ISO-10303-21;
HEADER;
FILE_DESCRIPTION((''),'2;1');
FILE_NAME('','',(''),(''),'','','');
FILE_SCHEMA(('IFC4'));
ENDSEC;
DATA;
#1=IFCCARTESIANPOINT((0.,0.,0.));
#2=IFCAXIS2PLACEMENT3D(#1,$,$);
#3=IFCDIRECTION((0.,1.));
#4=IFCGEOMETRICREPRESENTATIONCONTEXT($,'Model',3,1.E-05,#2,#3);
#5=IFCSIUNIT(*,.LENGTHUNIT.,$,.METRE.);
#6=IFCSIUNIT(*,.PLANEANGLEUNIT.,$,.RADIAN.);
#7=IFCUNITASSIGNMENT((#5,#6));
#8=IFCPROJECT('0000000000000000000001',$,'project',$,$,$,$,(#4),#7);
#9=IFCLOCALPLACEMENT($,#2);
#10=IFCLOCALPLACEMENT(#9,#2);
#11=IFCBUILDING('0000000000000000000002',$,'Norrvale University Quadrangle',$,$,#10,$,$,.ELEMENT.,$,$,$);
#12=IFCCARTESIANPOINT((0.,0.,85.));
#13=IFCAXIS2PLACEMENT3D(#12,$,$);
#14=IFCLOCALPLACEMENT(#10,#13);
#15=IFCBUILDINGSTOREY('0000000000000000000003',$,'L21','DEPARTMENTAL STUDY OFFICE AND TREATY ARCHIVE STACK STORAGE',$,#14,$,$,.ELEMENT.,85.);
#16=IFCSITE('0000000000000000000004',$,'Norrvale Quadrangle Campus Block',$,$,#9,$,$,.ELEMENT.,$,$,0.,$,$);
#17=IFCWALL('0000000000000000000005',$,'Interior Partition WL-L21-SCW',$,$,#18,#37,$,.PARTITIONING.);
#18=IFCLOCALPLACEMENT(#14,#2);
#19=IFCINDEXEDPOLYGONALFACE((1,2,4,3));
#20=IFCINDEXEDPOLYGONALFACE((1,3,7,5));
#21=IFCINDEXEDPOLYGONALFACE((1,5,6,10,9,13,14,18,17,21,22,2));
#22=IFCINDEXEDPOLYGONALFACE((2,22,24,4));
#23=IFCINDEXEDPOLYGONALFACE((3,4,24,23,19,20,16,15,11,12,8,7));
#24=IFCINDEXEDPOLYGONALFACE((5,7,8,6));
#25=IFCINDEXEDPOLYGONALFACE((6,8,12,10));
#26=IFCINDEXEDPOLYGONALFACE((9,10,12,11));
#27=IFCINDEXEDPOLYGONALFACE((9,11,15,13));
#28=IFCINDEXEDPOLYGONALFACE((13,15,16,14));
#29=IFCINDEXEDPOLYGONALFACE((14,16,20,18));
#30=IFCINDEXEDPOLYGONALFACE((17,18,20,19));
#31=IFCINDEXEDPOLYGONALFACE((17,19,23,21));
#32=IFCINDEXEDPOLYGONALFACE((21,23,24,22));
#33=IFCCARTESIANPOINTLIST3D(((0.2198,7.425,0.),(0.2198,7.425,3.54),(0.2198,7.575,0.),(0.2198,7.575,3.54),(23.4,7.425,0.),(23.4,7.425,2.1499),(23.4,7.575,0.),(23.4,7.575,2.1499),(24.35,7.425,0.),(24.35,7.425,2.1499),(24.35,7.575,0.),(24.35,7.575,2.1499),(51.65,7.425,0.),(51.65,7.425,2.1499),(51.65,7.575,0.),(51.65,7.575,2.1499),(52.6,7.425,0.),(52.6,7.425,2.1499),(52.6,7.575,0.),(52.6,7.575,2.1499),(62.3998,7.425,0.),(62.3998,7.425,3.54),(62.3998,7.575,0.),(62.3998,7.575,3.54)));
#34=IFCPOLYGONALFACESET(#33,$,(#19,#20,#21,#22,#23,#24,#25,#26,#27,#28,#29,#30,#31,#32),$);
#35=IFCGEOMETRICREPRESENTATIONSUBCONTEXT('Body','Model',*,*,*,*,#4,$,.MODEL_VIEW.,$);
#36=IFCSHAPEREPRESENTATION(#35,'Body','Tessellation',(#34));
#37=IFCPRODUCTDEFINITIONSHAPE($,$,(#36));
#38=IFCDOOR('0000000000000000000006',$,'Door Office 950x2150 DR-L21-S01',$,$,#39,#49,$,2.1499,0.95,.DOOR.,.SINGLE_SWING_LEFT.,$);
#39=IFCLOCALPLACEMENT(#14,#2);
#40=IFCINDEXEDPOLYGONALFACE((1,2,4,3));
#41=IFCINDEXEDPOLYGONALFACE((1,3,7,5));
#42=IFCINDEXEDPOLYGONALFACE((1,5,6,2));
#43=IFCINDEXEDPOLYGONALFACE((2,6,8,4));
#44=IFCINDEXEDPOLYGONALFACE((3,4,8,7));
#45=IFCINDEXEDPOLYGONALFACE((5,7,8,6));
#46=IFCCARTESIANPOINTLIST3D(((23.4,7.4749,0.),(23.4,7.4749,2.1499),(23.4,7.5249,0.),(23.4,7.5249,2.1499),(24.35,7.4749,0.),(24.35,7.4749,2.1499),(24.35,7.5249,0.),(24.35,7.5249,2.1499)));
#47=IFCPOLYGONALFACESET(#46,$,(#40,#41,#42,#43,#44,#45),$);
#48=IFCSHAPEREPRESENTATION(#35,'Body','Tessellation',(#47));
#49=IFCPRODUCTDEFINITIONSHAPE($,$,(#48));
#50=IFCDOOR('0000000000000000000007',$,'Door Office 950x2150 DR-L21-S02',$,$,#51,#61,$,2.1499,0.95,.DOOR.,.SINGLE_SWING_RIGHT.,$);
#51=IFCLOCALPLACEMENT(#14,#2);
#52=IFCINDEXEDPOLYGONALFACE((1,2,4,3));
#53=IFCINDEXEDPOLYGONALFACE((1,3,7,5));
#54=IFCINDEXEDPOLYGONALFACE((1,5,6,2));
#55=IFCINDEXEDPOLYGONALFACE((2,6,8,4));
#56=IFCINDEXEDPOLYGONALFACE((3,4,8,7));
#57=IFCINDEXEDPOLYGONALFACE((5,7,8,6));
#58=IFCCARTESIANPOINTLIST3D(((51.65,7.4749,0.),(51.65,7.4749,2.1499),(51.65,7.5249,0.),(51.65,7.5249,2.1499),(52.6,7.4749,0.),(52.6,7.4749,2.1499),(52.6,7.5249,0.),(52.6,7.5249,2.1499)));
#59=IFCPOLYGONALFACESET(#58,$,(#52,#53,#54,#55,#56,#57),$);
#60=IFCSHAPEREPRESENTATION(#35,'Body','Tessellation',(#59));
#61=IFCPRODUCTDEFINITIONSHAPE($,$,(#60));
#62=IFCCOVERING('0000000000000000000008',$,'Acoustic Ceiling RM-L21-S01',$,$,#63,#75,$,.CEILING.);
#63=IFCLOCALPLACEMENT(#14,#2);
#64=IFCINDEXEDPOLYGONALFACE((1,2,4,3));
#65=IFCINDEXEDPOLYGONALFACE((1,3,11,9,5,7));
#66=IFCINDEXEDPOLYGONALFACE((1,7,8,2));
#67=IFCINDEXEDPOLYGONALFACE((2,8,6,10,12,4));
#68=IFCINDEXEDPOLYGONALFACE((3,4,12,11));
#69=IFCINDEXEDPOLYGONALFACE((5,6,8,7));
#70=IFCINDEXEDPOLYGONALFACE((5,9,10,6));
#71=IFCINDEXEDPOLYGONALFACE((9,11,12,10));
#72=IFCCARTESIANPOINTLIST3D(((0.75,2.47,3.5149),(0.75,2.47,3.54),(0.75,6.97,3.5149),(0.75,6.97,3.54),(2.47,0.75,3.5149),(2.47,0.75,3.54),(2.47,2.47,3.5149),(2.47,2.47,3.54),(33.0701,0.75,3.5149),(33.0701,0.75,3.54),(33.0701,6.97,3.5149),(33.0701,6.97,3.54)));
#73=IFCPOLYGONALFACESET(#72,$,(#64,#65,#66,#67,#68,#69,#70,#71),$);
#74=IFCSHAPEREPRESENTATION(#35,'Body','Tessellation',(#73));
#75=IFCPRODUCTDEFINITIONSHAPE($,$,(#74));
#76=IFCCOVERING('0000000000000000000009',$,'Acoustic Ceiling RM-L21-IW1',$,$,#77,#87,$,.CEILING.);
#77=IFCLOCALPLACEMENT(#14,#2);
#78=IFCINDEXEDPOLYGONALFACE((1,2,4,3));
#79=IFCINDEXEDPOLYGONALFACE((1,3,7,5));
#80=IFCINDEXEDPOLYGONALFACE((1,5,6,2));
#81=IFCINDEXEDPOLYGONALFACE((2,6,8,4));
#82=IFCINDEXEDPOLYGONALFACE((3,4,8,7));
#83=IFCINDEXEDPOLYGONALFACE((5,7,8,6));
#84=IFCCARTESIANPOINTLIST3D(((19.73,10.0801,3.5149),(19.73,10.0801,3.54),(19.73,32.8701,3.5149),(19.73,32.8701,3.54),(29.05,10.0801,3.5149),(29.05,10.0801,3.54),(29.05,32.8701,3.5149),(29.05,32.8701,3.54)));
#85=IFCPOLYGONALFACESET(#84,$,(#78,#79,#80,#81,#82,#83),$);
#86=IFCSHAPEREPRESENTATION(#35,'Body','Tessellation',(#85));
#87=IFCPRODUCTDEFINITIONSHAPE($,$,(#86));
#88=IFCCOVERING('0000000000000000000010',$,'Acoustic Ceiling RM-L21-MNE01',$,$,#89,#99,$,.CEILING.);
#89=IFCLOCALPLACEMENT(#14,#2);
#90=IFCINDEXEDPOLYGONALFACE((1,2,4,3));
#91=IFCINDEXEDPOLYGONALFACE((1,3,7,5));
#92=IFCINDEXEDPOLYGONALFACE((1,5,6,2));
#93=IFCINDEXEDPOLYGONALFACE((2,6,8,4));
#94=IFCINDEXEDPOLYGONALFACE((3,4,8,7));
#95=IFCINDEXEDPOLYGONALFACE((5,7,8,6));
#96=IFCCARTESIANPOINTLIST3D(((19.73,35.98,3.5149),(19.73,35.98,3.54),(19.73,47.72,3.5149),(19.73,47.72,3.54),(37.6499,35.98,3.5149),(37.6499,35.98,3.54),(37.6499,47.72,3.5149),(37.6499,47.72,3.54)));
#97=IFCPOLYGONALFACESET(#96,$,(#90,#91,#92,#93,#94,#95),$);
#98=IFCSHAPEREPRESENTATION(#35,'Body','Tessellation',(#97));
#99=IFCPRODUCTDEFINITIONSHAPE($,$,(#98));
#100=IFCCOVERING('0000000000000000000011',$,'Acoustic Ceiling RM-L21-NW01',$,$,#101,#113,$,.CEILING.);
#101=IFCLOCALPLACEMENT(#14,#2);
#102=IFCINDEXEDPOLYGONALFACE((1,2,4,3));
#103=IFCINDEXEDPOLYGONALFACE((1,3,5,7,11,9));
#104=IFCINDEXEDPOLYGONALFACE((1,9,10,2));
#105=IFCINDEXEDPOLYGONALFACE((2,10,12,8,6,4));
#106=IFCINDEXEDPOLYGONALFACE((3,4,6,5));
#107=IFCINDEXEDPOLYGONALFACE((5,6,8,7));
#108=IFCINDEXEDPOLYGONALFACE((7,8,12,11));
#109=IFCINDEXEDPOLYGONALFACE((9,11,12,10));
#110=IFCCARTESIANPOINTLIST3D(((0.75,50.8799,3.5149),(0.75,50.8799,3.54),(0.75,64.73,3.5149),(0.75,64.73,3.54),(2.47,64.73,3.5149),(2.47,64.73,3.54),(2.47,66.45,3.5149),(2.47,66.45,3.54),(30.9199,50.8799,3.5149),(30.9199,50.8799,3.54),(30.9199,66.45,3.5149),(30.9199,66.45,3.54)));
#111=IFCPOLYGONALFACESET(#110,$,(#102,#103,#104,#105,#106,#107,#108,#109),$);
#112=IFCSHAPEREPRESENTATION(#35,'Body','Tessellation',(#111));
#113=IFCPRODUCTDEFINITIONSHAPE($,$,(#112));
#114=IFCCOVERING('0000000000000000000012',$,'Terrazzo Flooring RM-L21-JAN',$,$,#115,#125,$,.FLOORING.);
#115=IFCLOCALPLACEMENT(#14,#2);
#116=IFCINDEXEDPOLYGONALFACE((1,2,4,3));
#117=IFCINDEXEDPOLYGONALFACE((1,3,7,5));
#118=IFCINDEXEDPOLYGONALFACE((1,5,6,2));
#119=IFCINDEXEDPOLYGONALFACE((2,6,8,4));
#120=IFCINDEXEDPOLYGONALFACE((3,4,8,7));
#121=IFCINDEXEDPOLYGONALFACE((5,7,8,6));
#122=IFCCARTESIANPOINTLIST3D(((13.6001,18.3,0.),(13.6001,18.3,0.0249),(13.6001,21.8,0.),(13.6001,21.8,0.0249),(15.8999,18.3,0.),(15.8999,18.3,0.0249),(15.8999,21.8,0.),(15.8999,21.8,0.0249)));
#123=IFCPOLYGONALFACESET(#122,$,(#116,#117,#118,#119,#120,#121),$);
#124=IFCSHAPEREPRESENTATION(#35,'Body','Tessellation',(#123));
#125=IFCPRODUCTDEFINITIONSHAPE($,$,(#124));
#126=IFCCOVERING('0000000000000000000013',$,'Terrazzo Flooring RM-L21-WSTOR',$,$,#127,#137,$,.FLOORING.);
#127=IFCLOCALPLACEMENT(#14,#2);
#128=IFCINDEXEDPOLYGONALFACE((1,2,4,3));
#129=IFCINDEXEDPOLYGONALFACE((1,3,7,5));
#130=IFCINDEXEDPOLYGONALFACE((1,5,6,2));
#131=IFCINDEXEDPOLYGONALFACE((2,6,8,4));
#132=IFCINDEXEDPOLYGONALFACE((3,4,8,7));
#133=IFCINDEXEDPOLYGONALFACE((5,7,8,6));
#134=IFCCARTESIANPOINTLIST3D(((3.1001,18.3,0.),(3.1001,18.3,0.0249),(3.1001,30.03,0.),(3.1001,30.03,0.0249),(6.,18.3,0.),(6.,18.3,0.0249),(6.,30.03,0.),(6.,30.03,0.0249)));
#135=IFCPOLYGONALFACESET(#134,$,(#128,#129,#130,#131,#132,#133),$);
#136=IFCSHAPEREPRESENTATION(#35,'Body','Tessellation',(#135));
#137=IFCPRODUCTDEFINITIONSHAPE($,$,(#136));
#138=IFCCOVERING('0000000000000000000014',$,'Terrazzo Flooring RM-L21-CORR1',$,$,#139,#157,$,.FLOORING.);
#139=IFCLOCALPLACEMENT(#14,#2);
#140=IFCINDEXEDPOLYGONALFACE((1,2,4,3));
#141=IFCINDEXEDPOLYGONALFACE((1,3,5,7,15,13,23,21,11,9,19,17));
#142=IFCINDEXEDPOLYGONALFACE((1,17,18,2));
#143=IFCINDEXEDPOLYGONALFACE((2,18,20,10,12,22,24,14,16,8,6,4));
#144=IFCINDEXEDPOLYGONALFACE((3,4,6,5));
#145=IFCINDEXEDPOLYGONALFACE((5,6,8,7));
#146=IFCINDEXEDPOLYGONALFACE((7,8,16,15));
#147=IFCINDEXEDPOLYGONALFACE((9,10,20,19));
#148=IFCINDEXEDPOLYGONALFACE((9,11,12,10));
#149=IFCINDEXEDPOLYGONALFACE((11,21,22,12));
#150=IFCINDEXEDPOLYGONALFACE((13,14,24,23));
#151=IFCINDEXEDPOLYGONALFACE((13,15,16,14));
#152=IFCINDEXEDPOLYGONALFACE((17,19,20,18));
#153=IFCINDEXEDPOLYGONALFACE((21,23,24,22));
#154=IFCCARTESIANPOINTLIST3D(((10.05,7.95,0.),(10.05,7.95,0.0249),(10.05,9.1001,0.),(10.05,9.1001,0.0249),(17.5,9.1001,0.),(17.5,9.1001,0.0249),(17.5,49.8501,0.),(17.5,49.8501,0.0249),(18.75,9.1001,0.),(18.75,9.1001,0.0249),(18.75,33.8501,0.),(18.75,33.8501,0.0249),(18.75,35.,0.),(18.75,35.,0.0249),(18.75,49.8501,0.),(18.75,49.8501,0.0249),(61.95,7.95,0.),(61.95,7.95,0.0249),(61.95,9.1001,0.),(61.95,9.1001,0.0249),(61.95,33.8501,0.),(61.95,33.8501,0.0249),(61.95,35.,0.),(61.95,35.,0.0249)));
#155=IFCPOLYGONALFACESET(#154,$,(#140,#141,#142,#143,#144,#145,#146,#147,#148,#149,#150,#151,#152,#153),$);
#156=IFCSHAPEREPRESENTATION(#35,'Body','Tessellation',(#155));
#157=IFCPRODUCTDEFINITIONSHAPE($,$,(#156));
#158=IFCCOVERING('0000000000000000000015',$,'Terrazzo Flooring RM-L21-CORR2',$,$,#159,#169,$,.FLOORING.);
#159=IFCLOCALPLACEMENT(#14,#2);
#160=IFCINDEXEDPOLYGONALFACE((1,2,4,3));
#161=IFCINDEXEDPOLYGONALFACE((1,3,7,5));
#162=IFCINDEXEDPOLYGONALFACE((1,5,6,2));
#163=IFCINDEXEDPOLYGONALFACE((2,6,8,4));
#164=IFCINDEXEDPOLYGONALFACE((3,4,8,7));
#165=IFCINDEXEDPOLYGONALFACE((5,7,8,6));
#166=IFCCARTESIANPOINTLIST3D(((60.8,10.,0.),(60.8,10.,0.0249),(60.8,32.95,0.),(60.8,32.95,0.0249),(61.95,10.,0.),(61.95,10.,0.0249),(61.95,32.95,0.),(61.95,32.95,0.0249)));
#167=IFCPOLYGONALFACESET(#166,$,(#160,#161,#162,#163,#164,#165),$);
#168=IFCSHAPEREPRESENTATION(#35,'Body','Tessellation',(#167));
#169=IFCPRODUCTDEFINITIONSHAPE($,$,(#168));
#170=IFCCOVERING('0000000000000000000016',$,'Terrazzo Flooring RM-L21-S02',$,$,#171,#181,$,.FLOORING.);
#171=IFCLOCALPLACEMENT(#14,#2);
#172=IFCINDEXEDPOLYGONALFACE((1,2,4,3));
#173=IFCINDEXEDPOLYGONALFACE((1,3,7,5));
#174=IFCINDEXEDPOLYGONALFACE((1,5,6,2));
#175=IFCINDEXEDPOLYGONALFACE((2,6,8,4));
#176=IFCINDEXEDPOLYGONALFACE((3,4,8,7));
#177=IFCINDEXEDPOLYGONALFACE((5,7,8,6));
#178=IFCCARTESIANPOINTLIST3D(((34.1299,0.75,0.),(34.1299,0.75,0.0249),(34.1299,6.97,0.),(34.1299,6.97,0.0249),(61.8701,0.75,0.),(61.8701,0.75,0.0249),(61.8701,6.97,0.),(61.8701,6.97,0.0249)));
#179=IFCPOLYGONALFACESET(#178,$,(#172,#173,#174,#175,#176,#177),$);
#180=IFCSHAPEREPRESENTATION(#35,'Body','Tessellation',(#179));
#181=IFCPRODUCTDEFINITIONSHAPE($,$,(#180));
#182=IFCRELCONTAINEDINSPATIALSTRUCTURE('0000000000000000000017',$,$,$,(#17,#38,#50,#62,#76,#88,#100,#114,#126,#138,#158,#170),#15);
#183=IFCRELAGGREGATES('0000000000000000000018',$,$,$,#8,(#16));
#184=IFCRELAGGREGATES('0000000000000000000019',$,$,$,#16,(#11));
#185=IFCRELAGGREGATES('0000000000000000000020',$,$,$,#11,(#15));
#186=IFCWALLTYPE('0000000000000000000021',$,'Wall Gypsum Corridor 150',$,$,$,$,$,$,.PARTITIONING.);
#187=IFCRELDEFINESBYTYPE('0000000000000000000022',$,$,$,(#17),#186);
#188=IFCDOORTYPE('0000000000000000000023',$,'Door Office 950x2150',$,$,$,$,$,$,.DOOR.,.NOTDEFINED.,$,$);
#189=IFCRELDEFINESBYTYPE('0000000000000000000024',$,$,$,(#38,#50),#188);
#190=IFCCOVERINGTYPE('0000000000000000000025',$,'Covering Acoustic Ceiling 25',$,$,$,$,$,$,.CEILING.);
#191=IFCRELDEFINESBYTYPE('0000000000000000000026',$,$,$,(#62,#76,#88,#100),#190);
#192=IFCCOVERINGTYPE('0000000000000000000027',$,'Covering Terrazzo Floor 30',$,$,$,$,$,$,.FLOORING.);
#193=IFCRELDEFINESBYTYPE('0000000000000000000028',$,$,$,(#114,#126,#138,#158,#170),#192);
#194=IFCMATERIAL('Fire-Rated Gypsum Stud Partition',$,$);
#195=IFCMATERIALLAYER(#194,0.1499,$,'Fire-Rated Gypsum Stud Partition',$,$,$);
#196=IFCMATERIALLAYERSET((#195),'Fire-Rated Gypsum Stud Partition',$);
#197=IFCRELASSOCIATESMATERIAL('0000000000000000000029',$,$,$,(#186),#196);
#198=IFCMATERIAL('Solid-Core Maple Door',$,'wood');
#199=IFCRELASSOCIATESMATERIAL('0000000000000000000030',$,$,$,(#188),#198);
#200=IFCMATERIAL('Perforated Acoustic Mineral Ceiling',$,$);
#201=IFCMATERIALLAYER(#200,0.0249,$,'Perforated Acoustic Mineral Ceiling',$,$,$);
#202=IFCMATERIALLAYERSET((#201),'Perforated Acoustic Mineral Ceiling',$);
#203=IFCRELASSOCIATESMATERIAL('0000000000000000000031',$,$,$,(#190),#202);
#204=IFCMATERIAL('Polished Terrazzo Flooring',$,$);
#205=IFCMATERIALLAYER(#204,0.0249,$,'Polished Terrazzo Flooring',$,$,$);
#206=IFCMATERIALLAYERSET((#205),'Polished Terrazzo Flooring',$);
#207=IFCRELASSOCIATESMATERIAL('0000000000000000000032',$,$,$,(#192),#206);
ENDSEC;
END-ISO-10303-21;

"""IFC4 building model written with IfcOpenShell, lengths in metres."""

from ifc_helpers import new_model, si_unit, direction, frame, frame_2d, origin, place, context, subcontext, project, spatial, polyline, rectangle, outline, extrude, material, layer, layer_set, type_object, element, fill, save


model = new_model("IFC4")

# Units and contexts
model_context = context("Model", 3, precision=1e-05, world=origin(), true_north=direction((0.0, 1.0)))
body_context = subcontext(model_context, "Body", "Model", "MODEL_VIEW")
ifc_project = project(units=[si_unit("LENGTHUNIT", "METRE"), si_unit("PLANEANGLEUNIT", "RADIAN")], contexts=[model_context])

# Site, building, storey
site_placement = place(None, origin())
site = spatial("IfcSite", under=ifc_project, at=site_placement, Name="Norrvale Quadrangle Campus Block", CompositionType="ELEMENT", RefElevation=0.0)
building_placement = place(site_placement, origin())
building = spatial("IfcBuilding", under=site, at=building_placement, Name="Norrvale University Quadrangle", CompositionType="ELEMENT")
storey_placement = place(building_placement, frame((0.0, 0.0, 85.0)))
storey = spatial("IfcBuildingStorey", under=building, at=storey_placement, Name="L21", Description="DEPARTMENTAL STUDY OFFICE AND TREATY ARCHIVE STACK STORAGE", CompositionType="ELEMENT", Elevation=85.0)

# Wall, openings, doors
ifc_material_1 = material(Name="Fire-Rated Gypsum Stud Partition")
ifc_layer_1 = layer(ifc_material_1, 0.1499, Name="Fire-Rated Gypsum Stud Partition")
ifc_layer_set_1 = layer_set([ifc_layer_1], Name="Fire-Rated Gypsum Stud Partition")
wall_type_1 = type_object("IfcWallType", Name="Wall Gypsum Corridor 150", PredefinedType="PARTITIONING", material=ifc_layer_set_1)
wall_1_placement = place(storey_placement, frame((0.22, 7.5, 0.0), z_axis=(0.0, 0.0, 1.0), x_axis=(1.0, 0.0, 0.0)))
wall_1 = element("IfcWall", 1, at=wall_1_placement, inside=storey, type_object=wall_type_1, Name="Interior Partition WL-L21-SCW", PredefinedType="PARTITIONING", context=body_context, shape_type="SweptSolid", body=[
    extrude(rectangle(XDim=62.1799, YDim=0.1499, at=frame_2d((31.0898, 0.0))), origin(), (0.0, 0.0, 1.0), 3.54),
])
opening_1_placement = place(wall_1_placement, frame((23.1799, 0.0, 0.0)))
opening_1 = element("IfcOpeningElement", 2, at=opening_1_placement, cuts=wall_1, PredefinedType="OPENING", context=body_context, shape_type="SweptSolid", body=[
    extrude(rectangle(XDim=0.95, YDim=2.1499, at=frame_2d((0.4751, 1.075))), frame((0.0, 0.0869, 0.0), z_axis=(0.0, -1.0, 0.0), x_axis=(1.0, 0.0, 0.0)), (0.0, 0.0, 1.0), 0.1738),
])
opening_2_placement = place(wall_1_placement, frame((51.4299, 0.0, 0.0)))
opening_2 = element("IfcOpeningElement", 3, at=opening_2_placement, cuts=wall_1, PredefinedType="OPENING", context=body_context, shape_type="SweptSolid", body=[
    extrude(rectangle(XDim=0.95, YDim=2.1499, at=frame_2d((0.4751, 1.075))), frame((0.0, 0.0869, 0.0), z_axis=(0.0, -1.0, 0.0), x_axis=(1.0, 0.0, 0.0)), (0.0, 0.0, 1.0), 0.1738),
])
ifc_material_2 = material(Name="Solid-Core Maple Door", Category="wood")
door_type = type_object("IfcDoorType", Name="Door Office 950x2150", OperationType="NOTDEFINED", PredefinedType="DOOR", material=ifc_material_2)
door_1_placement = place(opening_1_placement, origin())
door_1 = element("IfcDoor", 4, at=door_1_placement, inside=storey, type_object=door_type, Name="Door Office 950x2150 DR-L21-S01", OperationType="SINGLE_SWING_LEFT", OverallHeight=2.1499, OverallWidth=0.95, PredefinedType="DOOR", context=body_context, shape_type="SweptSolid", body=[
    extrude(rectangle(XDim=0.95, YDim=2.1499, at=frame_2d((0.4751, 1.075))), frame((0.0, 0.0249, 0.0), z_axis=(0.0, -1.0, 0.0), x_axis=(1.0, 0.0, 0.0)), (0.0, 0.0, 1.0), 0.05),
])
fill(opening_1, door_1)
door_2_placement = place(opening_2_placement, origin())
door_2 = element("IfcDoor", 5, at=door_2_placement, inside=storey, type_object=door_type, Name="Door Office 950x2150 DR-L21-S02", OperationType="SINGLE_SWING_RIGHT", OverallHeight=2.1499, OverallWidth=0.95, PredefinedType="DOOR", context=body_context, shape_type="SweptSolid", body=[
    extrude(rectangle(XDim=0.95, YDim=2.1499, at=frame_2d((0.4751, 1.075))), frame((0.0, 0.0249, 0.0), z_axis=(0.0, -1.0, 0.0), x_axis=(1.0, 0.0, 0.0)), (0.0, 0.0, 1.0), 0.05),
])
fill(opening_2, door_2)

# Coverings
ifc_material_3 = material(Name="Perforated Acoustic Mineral Ceiling")
ifc_layer_2 = layer(ifc_material_3, 0.0249, Name="Perforated Acoustic Mineral Ceiling")
ifc_layer_set_2 = layer_set([ifc_layer_2], Name="Perforated Acoustic Mineral Ceiling")
covering_type_1 = type_object("IfcCoveringType", Name="Covering Acoustic Ceiling 25", PredefinedType="CEILING", material=ifc_layer_set_2)
covering_1_placement = place(storey_placement, frame((0.0, 0.0, 3.5149)))
element("IfcCovering", 6, at=covering_1_placement, inside=storey, type_object=covering_type_1, Name="Acoustic Ceiling RM-L21-S01", PredefinedType="CEILING", context=body_context, shape_type="SweptSolid", body=[
    extrude(outline(polyline([(0.75, 6.97), (33.0701, 6.97), (33.0701, 0.75), (2.47, 0.75), (2.47, 2.47), (0.75, 2.47), (0.75, 6.97)])), origin(), (0.0, 0.0, 1.0), 0.0251),
])
covering_2_placement = place(storey_placement, frame((0.0, 0.0, 3.5149)))
element("IfcCovering", 7, at=covering_2_placement, inside=storey, type_object=covering_type_1, Name="Acoustic Ceiling RM-L21-IW1", PredefinedType="CEILING", context=body_context, shape_type="SweptSolid", body=[
    extrude(outline(polyline([(19.73, 10.0801), (19.73, 32.8701), (29.05, 32.8701), (29.05, 10.0801), (19.73, 10.0801)])), origin(), (0.0, 0.0, 1.0), 0.0251),
])
covering_3_placement = place(storey_placement, frame((0.0, 0.0, 3.5149)))
element("IfcCovering", 8, at=covering_3_placement, inside=storey, type_object=covering_type_1, Name="Acoustic Ceiling RM-L21-MNE01", PredefinedType="CEILING", context=body_context, shape_type="SweptSolid", body=[
    extrude(outline(polyline([(19.73, 47.72), (37.6499, 47.72), (37.6499, 35.98), (19.73, 35.98), (19.73, 47.72)])), origin(), (0.0, 0.0, 1.0), 0.0251),
])
covering_4_placement = place(storey_placement, frame((0.0, 0.0, 3.5149)))
element("IfcCovering", 9, at=covering_4_placement, inside=storey, type_object=covering_type_1, Name="Acoustic Ceiling RM-L21-NW01", PredefinedType="CEILING", context=body_context, shape_type="SweptSolid", body=[
    extrude(outline(polyline([(30.9199, 66.45), (30.9199, 50.8799), (0.75, 50.8799), (0.75, 64.73), (2.47, 64.73), (2.47, 66.45), (30.9199, 66.45)])), origin(), (0.0, 0.0, 1.0), 0.0251),
])
ifc_material_4 = material(Name="Polished Terrazzo Flooring")
ifc_layer_3 = layer(ifc_material_4, 0.0249, Name="Polished Terrazzo Flooring")
ifc_layer_set_3 = layer_set([ifc_layer_3], Name="Polished Terrazzo Flooring")
covering_type_2 = type_object("IfcCoveringType", Name="Covering Terrazzo Floor 30", PredefinedType="FLOORING", material=ifc_layer_set_3)
covering_5_placement = place(storey_placement, origin())
element("IfcCovering", 10, at=covering_5_placement, inside=storey, type_object=covering_type_2, Name="Terrazzo Flooring RM-L21-JAN", PredefinedType="FLOORING", context=body_context, shape_type="SweptSolid", body=[
    extrude(outline(polyline([(13.6001, 18.3), (13.6001, 21.8), (15.8999, 21.8), (15.8999, 18.3), (13.6001, 18.3)])), origin(), (0.0, 0.0, 1.0), 0.0249),
])
covering_6_placement = place(storey_placement, origin())
element("IfcCovering", 11, at=covering_6_placement, inside=storey, type_object=covering_type_2, Name="Terrazzo Flooring RM-L21-WSTOR", PredefinedType="FLOORING", context=body_context, shape_type="SweptSolid", body=[
    extrude(outline(polyline([(3.1001, 18.3), (3.1001, 30.03), (6.0, 30.03), (6.0, 18.3), (3.1001, 18.3)])), origin(), (0.0, 0.0, 1.0), 0.0249),
])
covering_7_placement = place(storey_placement, origin())
element("IfcCovering", 12, at=covering_7_placement, inside=storey, type_object=covering_type_2, Name="Terrazzo Flooring RM-L21-CORR1", PredefinedType="FLOORING", context=body_context, shape_type="SweptSolid", body=[
    extrude(outline(polyline([(10.05, 7.95), (10.05, 9.1001), (17.5, 9.1001), (17.5, 49.8501), (18.75, 49.8501), (18.75, 35.0), (61.95, 35.0), (61.95, 33.8501), (18.75, 33.8501), (18.75, 9.1001), (61.95, 9.1001), (61.95, 7.95), (10.05, 7.95)])), origin(), (0.0, 0.0, 1.0), 0.0249),
])
covering_8_placement = place(storey_placement, origin())
element("IfcCovering", 13, at=covering_8_placement, inside=storey, type_object=covering_type_2, Name="Terrazzo Flooring RM-L21-CORR2", PredefinedType="FLOORING", context=body_context, shape_type="SweptSolid", body=[
    extrude(outline(polyline([(60.8, 10.0), (60.8, 32.95), (61.95, 32.95), (61.95, 10.0), (60.8, 10.0)])), origin(), (0.0, 0.0, 1.0), 0.0249),
])
covering_9_placement = place(storey_placement, origin())
element("IfcCovering", 14, at=covering_9_placement, inside=storey, type_object=covering_type_2, Name="Terrazzo Flooring RM-L21-S02", PredefinedType="FLOORING", context=body_context, shape_type="SweptSolid", body=[
    extrude(outline(polyline([(34.1299, 6.97), (61.8701, 6.97), (61.8701, 0.75), (34.1299, 0.75), (34.1299, 6.97)])), origin(), (0.0, 0.0, 1.0), 0.0249),
])

save(model, "model.ifc")
